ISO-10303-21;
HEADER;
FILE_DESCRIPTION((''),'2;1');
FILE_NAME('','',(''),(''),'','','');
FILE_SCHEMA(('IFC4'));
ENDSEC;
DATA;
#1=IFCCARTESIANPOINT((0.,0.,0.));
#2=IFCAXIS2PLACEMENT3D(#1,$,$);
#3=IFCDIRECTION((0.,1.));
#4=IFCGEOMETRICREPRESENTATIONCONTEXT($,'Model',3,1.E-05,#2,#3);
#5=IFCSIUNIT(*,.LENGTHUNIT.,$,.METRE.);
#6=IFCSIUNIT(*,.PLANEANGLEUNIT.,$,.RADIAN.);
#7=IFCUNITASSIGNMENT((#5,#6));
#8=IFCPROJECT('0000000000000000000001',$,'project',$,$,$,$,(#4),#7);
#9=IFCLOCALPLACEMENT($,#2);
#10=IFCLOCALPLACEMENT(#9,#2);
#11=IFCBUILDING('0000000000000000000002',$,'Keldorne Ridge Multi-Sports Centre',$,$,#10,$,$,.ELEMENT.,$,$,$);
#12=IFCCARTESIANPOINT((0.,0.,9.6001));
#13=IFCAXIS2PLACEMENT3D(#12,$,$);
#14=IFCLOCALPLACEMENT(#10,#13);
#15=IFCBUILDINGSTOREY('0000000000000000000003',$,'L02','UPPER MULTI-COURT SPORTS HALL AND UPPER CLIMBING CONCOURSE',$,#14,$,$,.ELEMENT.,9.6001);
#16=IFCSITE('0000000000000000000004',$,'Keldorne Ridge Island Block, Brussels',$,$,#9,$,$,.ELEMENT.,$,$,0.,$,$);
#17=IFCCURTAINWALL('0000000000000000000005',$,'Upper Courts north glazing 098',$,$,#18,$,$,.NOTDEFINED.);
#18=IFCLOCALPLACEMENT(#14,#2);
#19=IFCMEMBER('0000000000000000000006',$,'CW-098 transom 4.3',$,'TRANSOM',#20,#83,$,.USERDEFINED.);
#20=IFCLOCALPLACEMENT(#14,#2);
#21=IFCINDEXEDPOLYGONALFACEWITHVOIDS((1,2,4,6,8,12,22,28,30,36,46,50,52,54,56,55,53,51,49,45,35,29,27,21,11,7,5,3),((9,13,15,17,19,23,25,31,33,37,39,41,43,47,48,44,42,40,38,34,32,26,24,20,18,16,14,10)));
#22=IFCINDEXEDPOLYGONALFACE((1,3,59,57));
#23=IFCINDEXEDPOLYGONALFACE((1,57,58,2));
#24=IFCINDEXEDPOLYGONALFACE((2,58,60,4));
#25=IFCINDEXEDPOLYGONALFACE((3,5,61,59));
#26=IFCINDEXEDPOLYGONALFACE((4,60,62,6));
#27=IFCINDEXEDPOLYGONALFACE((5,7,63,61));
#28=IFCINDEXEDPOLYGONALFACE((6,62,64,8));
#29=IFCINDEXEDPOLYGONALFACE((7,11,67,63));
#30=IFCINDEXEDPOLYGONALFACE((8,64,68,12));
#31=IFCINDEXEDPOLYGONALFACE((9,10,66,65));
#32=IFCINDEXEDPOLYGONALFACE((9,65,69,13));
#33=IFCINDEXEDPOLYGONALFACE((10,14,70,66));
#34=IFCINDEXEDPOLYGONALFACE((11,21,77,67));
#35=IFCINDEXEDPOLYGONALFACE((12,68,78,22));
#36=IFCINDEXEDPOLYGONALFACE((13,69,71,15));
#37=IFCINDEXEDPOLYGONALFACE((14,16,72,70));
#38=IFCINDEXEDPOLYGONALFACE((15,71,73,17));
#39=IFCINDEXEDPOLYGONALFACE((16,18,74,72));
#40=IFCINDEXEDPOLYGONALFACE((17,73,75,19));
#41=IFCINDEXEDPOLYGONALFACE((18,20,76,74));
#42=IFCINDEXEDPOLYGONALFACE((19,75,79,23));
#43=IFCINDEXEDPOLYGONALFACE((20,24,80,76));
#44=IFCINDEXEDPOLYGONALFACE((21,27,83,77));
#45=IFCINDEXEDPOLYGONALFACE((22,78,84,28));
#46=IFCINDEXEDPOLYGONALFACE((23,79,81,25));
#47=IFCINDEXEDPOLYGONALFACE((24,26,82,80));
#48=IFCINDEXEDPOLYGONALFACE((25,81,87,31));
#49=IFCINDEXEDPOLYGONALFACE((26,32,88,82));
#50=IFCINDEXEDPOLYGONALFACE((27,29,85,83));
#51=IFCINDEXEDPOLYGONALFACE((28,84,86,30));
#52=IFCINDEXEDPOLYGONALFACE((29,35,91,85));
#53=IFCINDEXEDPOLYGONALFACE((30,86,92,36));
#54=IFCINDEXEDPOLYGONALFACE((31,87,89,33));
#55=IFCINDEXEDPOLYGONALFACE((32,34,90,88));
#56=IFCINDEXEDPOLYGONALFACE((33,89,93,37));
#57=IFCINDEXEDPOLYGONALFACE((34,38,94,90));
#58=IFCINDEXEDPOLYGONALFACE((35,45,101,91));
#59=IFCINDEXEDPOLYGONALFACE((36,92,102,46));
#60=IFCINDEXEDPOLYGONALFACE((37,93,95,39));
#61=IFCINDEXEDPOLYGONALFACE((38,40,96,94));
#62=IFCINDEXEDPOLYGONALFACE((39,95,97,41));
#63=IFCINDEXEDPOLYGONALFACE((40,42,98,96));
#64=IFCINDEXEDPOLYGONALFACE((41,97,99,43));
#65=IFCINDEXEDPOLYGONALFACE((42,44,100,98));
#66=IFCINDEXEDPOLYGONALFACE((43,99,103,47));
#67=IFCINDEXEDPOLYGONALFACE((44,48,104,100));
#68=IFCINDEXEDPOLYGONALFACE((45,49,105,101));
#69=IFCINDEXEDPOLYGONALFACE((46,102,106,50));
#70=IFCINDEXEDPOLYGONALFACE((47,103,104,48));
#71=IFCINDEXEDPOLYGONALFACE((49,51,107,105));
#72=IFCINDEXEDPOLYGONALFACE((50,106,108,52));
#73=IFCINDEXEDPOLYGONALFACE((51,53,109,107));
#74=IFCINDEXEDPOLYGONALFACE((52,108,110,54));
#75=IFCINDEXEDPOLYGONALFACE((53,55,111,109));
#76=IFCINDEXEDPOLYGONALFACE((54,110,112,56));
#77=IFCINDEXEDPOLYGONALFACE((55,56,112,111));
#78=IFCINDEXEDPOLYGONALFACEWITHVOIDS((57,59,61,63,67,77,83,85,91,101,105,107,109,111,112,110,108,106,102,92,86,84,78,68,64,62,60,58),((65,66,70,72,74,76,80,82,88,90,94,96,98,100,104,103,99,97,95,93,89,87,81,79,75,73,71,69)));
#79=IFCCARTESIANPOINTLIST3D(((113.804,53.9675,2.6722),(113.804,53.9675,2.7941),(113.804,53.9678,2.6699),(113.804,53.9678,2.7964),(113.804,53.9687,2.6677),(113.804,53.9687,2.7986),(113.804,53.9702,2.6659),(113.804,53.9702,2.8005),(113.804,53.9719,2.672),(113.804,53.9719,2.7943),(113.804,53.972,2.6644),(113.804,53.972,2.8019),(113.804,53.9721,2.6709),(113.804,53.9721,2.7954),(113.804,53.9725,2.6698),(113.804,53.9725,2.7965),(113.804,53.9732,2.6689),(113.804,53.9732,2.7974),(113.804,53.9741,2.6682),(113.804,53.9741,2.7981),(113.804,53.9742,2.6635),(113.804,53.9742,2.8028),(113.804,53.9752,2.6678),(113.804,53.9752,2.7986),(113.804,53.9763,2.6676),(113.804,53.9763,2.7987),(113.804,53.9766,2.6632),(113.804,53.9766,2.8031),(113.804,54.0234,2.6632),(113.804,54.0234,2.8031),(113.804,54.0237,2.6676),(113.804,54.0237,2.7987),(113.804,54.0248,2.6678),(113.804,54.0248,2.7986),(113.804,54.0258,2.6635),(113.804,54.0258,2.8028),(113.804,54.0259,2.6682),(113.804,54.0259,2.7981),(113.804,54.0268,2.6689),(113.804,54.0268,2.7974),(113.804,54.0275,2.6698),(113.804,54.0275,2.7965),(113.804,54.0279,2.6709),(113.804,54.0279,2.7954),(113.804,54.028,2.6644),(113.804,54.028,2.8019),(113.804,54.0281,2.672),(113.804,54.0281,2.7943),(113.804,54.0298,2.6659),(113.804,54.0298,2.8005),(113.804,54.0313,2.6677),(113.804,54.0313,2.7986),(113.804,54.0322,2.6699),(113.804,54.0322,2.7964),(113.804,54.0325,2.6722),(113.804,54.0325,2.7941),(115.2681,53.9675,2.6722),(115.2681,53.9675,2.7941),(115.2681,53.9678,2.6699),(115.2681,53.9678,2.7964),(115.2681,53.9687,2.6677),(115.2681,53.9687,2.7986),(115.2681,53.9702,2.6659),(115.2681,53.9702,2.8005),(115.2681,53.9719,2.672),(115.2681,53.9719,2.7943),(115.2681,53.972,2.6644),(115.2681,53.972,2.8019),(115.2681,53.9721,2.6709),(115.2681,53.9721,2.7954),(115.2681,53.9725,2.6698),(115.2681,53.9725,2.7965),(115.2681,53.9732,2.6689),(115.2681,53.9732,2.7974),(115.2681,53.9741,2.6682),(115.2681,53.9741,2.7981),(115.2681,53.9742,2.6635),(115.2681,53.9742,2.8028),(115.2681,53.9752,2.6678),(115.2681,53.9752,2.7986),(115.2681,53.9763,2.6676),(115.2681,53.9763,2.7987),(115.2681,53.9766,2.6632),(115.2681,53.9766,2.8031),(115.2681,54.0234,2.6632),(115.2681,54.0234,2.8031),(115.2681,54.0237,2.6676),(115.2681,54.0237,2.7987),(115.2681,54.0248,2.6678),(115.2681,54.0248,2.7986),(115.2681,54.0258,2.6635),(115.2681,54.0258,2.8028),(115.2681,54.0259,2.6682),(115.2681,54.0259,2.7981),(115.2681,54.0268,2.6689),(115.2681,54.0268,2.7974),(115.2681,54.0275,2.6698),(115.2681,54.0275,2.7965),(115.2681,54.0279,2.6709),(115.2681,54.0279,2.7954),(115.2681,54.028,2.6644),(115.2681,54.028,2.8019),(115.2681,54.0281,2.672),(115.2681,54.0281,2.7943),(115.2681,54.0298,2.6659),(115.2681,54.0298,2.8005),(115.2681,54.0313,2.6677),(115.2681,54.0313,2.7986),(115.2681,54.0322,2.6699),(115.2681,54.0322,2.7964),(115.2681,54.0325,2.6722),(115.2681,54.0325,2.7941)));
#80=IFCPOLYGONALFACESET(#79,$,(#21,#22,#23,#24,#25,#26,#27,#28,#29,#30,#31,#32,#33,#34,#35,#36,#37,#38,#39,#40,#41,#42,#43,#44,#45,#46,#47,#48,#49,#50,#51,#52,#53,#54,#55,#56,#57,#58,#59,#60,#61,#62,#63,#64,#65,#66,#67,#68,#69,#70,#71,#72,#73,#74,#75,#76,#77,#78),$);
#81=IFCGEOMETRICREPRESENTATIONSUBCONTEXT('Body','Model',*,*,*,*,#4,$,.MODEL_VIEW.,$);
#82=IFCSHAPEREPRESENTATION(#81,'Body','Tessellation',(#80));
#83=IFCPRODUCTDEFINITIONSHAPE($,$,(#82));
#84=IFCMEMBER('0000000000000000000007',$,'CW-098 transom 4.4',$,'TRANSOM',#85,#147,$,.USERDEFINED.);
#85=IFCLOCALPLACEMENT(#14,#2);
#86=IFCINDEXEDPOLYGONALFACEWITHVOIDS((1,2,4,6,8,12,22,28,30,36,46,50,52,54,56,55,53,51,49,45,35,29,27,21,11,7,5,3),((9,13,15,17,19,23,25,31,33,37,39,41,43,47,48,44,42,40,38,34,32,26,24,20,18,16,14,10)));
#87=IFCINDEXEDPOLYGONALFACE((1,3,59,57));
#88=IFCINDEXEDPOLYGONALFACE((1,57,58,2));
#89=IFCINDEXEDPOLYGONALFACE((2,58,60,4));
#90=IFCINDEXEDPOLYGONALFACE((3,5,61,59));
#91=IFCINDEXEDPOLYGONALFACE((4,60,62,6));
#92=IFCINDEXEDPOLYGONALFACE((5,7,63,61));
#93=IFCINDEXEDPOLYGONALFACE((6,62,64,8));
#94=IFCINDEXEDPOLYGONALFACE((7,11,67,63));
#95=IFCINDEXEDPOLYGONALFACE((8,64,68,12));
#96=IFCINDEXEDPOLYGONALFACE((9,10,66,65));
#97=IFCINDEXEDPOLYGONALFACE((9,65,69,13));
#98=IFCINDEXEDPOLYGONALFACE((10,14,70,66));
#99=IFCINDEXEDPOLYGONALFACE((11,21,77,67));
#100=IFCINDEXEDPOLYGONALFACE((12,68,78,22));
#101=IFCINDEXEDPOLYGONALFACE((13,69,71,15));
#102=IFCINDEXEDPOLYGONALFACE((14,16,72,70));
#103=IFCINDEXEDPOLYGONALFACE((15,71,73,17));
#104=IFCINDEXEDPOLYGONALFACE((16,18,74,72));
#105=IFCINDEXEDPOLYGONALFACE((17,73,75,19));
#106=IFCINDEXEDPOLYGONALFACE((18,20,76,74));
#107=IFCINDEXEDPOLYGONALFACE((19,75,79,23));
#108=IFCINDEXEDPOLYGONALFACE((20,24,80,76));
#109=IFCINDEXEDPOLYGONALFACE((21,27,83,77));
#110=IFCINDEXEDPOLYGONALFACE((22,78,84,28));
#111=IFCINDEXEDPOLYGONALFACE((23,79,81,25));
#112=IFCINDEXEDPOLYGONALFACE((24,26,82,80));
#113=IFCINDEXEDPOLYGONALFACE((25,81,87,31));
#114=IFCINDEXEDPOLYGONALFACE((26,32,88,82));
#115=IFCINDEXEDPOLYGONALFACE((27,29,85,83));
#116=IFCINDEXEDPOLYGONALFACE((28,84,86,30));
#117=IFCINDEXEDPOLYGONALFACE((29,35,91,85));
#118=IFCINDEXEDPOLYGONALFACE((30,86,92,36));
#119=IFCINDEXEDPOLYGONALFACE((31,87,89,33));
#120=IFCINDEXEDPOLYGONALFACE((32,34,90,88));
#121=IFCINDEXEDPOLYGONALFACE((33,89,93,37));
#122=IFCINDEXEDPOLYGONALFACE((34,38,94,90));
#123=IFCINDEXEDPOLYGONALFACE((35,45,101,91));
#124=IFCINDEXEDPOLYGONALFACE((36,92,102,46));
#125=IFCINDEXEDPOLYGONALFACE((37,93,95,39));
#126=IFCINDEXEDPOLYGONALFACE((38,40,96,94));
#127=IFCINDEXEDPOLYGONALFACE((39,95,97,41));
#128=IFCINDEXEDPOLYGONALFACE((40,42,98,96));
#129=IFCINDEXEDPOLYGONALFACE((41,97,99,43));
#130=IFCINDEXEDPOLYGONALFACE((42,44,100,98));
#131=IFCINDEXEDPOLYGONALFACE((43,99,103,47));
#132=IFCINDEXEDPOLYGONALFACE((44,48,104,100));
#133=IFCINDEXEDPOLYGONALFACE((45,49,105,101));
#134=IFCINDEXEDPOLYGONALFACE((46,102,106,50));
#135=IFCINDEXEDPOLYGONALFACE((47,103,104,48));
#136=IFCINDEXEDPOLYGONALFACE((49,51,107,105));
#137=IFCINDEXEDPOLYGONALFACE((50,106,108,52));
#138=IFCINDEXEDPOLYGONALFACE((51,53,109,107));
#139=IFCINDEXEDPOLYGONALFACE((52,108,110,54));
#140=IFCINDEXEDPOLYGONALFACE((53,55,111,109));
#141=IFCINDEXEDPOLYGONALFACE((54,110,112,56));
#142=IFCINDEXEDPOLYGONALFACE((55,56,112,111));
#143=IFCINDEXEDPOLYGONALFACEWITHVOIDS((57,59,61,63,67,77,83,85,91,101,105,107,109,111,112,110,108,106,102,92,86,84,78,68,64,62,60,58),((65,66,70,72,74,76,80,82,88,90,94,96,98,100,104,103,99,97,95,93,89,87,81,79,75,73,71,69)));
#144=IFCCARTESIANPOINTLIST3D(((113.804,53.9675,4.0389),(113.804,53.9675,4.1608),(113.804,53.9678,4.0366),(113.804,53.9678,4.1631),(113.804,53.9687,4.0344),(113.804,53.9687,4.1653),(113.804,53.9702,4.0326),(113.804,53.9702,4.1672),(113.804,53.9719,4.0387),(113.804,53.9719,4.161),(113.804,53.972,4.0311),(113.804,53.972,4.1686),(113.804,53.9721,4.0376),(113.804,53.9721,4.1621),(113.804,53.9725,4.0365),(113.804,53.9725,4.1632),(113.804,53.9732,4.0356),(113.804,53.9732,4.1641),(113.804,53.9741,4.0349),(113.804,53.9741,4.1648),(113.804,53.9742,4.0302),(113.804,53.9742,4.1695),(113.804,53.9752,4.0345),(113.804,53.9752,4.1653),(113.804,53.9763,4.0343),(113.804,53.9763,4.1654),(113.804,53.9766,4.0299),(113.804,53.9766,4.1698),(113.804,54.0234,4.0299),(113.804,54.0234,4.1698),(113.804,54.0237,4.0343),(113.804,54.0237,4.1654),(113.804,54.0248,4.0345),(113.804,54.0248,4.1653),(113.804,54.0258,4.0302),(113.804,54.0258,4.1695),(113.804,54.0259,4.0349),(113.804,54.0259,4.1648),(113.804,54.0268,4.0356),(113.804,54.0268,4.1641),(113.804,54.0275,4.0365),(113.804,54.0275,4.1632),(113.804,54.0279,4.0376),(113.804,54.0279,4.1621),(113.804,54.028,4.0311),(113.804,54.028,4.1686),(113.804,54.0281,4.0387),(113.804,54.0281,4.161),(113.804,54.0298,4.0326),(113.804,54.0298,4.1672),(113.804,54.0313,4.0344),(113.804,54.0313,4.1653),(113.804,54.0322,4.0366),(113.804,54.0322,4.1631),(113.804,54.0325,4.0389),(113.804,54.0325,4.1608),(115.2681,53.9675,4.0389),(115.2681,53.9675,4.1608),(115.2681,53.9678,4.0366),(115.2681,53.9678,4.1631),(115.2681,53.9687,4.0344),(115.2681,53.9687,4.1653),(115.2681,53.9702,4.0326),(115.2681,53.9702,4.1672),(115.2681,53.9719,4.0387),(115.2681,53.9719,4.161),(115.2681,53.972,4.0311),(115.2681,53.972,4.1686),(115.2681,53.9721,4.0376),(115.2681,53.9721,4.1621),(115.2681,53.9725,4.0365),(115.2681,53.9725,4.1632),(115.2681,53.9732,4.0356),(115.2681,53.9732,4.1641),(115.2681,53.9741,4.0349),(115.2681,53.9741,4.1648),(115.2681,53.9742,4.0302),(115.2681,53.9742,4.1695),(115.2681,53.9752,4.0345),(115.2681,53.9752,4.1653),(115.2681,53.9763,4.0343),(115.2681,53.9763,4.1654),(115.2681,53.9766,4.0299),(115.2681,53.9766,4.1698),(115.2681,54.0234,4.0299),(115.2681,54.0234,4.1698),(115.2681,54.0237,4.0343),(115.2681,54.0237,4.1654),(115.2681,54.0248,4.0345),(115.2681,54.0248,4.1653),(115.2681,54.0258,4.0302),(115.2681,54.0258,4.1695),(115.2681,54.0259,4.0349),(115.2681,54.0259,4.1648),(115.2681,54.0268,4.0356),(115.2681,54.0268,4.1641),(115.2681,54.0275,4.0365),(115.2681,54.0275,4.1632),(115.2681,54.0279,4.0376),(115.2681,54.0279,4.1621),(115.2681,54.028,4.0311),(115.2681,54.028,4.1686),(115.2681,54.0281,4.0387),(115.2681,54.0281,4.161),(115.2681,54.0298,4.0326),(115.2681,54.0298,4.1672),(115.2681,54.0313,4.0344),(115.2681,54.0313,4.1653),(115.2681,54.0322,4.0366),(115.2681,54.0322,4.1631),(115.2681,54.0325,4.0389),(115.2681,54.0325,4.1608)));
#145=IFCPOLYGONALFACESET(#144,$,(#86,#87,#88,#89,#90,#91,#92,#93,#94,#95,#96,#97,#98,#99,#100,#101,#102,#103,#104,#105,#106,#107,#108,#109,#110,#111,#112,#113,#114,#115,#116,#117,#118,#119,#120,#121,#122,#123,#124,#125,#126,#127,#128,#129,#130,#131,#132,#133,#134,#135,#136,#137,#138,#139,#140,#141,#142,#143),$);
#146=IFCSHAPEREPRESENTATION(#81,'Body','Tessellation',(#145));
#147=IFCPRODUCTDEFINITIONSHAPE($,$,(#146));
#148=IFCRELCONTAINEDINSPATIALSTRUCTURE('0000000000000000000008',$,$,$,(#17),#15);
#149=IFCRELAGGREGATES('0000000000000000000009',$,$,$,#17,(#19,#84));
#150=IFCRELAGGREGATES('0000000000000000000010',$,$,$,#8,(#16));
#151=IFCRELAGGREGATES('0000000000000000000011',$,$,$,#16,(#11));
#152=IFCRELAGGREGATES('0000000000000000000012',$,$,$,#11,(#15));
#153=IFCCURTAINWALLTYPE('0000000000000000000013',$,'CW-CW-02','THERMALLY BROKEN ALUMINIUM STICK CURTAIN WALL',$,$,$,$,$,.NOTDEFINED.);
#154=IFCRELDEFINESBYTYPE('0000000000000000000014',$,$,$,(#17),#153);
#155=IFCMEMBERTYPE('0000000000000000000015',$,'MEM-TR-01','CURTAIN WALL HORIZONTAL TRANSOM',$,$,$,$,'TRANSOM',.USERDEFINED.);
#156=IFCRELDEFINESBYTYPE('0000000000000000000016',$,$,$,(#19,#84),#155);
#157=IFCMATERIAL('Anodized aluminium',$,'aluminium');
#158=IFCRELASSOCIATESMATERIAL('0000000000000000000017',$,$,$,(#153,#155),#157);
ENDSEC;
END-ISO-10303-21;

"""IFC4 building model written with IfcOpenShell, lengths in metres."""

from ifc_helpers import new_model, si_unit, direction, frame, origin, origin_2d, place, context, subcontext, project, spatial, hollow_rectangle, extrude, material, material_profile, profile_set, type_object, element, aggregate, save


model = new_model("IFC4")

# Units and contexts
model_context = context("Model", 3, precision=1e-05, world=origin(), true_north=direction((0.0, 1.0)))
body_context = subcontext(model_context, "Body", "Model", "MODEL_VIEW")
ifc_project = project(units=[si_unit("LENGTHUNIT", "METRE"), si_unit("PLANEANGLEUNIT", "RADIAN")], contexts=[model_context])

# Site, building, storey
site_placement = place(None, origin())
site = spatial("IfcSite", under=ifc_project, at=site_placement, Name="Keldorne Ridge Island Block, Brussels", CompositionType="ELEMENT", RefElevation=0.0)
building_placement = place(site_placement, origin())
building = spatial("IfcBuilding", under=site, at=building_placement, Name="Keldorne Ridge Multi-Sports Centre", CompositionType="ELEMENT")
storey_placement = place(building_placement, frame((0.0, 0.0, 9.6001)))
storey = spatial("IfcBuildingStorey", under=building, at=storey_placement, Name="L02", Description="UPPER MULTI-COURT SPORTS HALL AND UPPER CLIMBING CONCOURSE", CompositionType="ELEMENT", Elevation=9.6001)

# Curtain wall, members
ifc_material_1 = material(Name="Anodized aluminium", Category="aluminium")
curtain_wall_type = type_object("IfcCurtainWallType", Name="CW-CW-02", Description="THERMALLY BROKEN ALUMINIUM STICK CURTAIN WALL", PredefinedType="NOTDEFINED", material=ifc_material_1)
curtain_wall_placement = place(storey_placement, origin())
curtain_wall = element("IfcCurtainWall", 1, at=curtain_wall_placement, inside=storey, type_object=curtain_wall_type, Name="Upper Courts north glazing 098", PredefinedType="NOTDEFINED")
ifc_material_profile_1 = material_profile(ifc_material_1, hollow_rectangle(XDim=0.0649, YDim=0.1399, WallThickness=0.0044, InnerFilletRadius=0.0044, OuterFilletRadius=0.009, at=origin_2d()), Name="ALU TRANSOM 140x65x4.5")
ifc_profile_set_1 = profile_set([ifc_material_profile_1], Name="Anodized aluminium")
member_type_1 = type_object("IfcMemberType", Name="MEM-TR-01", Description="CURTAIN WALL HORIZONTAL TRANSOM", ElementType="TRANSOM", PredefinedType="USERDEFINED", material=ifc_profile_set_1)
member_1_placement = place(storey_placement, frame((115.2681, 54.0, 2.7332), z_axis=(-1.0, 0.0, 0.0), x_axis=(0.0, -1.0, 0.0)))
member_1 = element("IfcMember", 2, at=member_1_placement, type_object=member_type_1, Name="CW-098 transom 4.3", ObjectType="TRANSOM", PredefinedType="USERDEFINED", context=body_context, shape_type="SweptSolid", body=[
    extrude(hollow_rectangle(XDim=0.0649, YDim=0.1399, WallThickness=0.0044, InnerFilletRadius=0.0044, OuterFilletRadius=0.009, at=origin_2d()), origin(), (0.0, 0.0, 1.0), 1.4641),
])
member_2_placement = place(storey_placement, frame((115.2681, 54.0, 4.0999), z_axis=(-1.0, 0.0, 0.0), x_axis=(0.0, -1.0, 0.0)))
member_2 = element("IfcMember", 3, at=member_2_placement, type_object=member_type_1, Name="CW-098 transom 4.4", ObjectType="TRANSOM", PredefinedType="USERDEFINED", context=body_context, shape_type="SweptSolid", body=[
    extrude(hollow_rectangle(XDim=0.0649, YDim=0.1399, WallThickness=0.0044, InnerFilletRadius=0.0044, OuterFilletRadius=0.009, at=origin_2d()), origin(), (0.0, 0.0, 1.0), 1.4641),
])
aggregate(curtain_wall, [member_1, member_2])

save(model, "model.ifc")
